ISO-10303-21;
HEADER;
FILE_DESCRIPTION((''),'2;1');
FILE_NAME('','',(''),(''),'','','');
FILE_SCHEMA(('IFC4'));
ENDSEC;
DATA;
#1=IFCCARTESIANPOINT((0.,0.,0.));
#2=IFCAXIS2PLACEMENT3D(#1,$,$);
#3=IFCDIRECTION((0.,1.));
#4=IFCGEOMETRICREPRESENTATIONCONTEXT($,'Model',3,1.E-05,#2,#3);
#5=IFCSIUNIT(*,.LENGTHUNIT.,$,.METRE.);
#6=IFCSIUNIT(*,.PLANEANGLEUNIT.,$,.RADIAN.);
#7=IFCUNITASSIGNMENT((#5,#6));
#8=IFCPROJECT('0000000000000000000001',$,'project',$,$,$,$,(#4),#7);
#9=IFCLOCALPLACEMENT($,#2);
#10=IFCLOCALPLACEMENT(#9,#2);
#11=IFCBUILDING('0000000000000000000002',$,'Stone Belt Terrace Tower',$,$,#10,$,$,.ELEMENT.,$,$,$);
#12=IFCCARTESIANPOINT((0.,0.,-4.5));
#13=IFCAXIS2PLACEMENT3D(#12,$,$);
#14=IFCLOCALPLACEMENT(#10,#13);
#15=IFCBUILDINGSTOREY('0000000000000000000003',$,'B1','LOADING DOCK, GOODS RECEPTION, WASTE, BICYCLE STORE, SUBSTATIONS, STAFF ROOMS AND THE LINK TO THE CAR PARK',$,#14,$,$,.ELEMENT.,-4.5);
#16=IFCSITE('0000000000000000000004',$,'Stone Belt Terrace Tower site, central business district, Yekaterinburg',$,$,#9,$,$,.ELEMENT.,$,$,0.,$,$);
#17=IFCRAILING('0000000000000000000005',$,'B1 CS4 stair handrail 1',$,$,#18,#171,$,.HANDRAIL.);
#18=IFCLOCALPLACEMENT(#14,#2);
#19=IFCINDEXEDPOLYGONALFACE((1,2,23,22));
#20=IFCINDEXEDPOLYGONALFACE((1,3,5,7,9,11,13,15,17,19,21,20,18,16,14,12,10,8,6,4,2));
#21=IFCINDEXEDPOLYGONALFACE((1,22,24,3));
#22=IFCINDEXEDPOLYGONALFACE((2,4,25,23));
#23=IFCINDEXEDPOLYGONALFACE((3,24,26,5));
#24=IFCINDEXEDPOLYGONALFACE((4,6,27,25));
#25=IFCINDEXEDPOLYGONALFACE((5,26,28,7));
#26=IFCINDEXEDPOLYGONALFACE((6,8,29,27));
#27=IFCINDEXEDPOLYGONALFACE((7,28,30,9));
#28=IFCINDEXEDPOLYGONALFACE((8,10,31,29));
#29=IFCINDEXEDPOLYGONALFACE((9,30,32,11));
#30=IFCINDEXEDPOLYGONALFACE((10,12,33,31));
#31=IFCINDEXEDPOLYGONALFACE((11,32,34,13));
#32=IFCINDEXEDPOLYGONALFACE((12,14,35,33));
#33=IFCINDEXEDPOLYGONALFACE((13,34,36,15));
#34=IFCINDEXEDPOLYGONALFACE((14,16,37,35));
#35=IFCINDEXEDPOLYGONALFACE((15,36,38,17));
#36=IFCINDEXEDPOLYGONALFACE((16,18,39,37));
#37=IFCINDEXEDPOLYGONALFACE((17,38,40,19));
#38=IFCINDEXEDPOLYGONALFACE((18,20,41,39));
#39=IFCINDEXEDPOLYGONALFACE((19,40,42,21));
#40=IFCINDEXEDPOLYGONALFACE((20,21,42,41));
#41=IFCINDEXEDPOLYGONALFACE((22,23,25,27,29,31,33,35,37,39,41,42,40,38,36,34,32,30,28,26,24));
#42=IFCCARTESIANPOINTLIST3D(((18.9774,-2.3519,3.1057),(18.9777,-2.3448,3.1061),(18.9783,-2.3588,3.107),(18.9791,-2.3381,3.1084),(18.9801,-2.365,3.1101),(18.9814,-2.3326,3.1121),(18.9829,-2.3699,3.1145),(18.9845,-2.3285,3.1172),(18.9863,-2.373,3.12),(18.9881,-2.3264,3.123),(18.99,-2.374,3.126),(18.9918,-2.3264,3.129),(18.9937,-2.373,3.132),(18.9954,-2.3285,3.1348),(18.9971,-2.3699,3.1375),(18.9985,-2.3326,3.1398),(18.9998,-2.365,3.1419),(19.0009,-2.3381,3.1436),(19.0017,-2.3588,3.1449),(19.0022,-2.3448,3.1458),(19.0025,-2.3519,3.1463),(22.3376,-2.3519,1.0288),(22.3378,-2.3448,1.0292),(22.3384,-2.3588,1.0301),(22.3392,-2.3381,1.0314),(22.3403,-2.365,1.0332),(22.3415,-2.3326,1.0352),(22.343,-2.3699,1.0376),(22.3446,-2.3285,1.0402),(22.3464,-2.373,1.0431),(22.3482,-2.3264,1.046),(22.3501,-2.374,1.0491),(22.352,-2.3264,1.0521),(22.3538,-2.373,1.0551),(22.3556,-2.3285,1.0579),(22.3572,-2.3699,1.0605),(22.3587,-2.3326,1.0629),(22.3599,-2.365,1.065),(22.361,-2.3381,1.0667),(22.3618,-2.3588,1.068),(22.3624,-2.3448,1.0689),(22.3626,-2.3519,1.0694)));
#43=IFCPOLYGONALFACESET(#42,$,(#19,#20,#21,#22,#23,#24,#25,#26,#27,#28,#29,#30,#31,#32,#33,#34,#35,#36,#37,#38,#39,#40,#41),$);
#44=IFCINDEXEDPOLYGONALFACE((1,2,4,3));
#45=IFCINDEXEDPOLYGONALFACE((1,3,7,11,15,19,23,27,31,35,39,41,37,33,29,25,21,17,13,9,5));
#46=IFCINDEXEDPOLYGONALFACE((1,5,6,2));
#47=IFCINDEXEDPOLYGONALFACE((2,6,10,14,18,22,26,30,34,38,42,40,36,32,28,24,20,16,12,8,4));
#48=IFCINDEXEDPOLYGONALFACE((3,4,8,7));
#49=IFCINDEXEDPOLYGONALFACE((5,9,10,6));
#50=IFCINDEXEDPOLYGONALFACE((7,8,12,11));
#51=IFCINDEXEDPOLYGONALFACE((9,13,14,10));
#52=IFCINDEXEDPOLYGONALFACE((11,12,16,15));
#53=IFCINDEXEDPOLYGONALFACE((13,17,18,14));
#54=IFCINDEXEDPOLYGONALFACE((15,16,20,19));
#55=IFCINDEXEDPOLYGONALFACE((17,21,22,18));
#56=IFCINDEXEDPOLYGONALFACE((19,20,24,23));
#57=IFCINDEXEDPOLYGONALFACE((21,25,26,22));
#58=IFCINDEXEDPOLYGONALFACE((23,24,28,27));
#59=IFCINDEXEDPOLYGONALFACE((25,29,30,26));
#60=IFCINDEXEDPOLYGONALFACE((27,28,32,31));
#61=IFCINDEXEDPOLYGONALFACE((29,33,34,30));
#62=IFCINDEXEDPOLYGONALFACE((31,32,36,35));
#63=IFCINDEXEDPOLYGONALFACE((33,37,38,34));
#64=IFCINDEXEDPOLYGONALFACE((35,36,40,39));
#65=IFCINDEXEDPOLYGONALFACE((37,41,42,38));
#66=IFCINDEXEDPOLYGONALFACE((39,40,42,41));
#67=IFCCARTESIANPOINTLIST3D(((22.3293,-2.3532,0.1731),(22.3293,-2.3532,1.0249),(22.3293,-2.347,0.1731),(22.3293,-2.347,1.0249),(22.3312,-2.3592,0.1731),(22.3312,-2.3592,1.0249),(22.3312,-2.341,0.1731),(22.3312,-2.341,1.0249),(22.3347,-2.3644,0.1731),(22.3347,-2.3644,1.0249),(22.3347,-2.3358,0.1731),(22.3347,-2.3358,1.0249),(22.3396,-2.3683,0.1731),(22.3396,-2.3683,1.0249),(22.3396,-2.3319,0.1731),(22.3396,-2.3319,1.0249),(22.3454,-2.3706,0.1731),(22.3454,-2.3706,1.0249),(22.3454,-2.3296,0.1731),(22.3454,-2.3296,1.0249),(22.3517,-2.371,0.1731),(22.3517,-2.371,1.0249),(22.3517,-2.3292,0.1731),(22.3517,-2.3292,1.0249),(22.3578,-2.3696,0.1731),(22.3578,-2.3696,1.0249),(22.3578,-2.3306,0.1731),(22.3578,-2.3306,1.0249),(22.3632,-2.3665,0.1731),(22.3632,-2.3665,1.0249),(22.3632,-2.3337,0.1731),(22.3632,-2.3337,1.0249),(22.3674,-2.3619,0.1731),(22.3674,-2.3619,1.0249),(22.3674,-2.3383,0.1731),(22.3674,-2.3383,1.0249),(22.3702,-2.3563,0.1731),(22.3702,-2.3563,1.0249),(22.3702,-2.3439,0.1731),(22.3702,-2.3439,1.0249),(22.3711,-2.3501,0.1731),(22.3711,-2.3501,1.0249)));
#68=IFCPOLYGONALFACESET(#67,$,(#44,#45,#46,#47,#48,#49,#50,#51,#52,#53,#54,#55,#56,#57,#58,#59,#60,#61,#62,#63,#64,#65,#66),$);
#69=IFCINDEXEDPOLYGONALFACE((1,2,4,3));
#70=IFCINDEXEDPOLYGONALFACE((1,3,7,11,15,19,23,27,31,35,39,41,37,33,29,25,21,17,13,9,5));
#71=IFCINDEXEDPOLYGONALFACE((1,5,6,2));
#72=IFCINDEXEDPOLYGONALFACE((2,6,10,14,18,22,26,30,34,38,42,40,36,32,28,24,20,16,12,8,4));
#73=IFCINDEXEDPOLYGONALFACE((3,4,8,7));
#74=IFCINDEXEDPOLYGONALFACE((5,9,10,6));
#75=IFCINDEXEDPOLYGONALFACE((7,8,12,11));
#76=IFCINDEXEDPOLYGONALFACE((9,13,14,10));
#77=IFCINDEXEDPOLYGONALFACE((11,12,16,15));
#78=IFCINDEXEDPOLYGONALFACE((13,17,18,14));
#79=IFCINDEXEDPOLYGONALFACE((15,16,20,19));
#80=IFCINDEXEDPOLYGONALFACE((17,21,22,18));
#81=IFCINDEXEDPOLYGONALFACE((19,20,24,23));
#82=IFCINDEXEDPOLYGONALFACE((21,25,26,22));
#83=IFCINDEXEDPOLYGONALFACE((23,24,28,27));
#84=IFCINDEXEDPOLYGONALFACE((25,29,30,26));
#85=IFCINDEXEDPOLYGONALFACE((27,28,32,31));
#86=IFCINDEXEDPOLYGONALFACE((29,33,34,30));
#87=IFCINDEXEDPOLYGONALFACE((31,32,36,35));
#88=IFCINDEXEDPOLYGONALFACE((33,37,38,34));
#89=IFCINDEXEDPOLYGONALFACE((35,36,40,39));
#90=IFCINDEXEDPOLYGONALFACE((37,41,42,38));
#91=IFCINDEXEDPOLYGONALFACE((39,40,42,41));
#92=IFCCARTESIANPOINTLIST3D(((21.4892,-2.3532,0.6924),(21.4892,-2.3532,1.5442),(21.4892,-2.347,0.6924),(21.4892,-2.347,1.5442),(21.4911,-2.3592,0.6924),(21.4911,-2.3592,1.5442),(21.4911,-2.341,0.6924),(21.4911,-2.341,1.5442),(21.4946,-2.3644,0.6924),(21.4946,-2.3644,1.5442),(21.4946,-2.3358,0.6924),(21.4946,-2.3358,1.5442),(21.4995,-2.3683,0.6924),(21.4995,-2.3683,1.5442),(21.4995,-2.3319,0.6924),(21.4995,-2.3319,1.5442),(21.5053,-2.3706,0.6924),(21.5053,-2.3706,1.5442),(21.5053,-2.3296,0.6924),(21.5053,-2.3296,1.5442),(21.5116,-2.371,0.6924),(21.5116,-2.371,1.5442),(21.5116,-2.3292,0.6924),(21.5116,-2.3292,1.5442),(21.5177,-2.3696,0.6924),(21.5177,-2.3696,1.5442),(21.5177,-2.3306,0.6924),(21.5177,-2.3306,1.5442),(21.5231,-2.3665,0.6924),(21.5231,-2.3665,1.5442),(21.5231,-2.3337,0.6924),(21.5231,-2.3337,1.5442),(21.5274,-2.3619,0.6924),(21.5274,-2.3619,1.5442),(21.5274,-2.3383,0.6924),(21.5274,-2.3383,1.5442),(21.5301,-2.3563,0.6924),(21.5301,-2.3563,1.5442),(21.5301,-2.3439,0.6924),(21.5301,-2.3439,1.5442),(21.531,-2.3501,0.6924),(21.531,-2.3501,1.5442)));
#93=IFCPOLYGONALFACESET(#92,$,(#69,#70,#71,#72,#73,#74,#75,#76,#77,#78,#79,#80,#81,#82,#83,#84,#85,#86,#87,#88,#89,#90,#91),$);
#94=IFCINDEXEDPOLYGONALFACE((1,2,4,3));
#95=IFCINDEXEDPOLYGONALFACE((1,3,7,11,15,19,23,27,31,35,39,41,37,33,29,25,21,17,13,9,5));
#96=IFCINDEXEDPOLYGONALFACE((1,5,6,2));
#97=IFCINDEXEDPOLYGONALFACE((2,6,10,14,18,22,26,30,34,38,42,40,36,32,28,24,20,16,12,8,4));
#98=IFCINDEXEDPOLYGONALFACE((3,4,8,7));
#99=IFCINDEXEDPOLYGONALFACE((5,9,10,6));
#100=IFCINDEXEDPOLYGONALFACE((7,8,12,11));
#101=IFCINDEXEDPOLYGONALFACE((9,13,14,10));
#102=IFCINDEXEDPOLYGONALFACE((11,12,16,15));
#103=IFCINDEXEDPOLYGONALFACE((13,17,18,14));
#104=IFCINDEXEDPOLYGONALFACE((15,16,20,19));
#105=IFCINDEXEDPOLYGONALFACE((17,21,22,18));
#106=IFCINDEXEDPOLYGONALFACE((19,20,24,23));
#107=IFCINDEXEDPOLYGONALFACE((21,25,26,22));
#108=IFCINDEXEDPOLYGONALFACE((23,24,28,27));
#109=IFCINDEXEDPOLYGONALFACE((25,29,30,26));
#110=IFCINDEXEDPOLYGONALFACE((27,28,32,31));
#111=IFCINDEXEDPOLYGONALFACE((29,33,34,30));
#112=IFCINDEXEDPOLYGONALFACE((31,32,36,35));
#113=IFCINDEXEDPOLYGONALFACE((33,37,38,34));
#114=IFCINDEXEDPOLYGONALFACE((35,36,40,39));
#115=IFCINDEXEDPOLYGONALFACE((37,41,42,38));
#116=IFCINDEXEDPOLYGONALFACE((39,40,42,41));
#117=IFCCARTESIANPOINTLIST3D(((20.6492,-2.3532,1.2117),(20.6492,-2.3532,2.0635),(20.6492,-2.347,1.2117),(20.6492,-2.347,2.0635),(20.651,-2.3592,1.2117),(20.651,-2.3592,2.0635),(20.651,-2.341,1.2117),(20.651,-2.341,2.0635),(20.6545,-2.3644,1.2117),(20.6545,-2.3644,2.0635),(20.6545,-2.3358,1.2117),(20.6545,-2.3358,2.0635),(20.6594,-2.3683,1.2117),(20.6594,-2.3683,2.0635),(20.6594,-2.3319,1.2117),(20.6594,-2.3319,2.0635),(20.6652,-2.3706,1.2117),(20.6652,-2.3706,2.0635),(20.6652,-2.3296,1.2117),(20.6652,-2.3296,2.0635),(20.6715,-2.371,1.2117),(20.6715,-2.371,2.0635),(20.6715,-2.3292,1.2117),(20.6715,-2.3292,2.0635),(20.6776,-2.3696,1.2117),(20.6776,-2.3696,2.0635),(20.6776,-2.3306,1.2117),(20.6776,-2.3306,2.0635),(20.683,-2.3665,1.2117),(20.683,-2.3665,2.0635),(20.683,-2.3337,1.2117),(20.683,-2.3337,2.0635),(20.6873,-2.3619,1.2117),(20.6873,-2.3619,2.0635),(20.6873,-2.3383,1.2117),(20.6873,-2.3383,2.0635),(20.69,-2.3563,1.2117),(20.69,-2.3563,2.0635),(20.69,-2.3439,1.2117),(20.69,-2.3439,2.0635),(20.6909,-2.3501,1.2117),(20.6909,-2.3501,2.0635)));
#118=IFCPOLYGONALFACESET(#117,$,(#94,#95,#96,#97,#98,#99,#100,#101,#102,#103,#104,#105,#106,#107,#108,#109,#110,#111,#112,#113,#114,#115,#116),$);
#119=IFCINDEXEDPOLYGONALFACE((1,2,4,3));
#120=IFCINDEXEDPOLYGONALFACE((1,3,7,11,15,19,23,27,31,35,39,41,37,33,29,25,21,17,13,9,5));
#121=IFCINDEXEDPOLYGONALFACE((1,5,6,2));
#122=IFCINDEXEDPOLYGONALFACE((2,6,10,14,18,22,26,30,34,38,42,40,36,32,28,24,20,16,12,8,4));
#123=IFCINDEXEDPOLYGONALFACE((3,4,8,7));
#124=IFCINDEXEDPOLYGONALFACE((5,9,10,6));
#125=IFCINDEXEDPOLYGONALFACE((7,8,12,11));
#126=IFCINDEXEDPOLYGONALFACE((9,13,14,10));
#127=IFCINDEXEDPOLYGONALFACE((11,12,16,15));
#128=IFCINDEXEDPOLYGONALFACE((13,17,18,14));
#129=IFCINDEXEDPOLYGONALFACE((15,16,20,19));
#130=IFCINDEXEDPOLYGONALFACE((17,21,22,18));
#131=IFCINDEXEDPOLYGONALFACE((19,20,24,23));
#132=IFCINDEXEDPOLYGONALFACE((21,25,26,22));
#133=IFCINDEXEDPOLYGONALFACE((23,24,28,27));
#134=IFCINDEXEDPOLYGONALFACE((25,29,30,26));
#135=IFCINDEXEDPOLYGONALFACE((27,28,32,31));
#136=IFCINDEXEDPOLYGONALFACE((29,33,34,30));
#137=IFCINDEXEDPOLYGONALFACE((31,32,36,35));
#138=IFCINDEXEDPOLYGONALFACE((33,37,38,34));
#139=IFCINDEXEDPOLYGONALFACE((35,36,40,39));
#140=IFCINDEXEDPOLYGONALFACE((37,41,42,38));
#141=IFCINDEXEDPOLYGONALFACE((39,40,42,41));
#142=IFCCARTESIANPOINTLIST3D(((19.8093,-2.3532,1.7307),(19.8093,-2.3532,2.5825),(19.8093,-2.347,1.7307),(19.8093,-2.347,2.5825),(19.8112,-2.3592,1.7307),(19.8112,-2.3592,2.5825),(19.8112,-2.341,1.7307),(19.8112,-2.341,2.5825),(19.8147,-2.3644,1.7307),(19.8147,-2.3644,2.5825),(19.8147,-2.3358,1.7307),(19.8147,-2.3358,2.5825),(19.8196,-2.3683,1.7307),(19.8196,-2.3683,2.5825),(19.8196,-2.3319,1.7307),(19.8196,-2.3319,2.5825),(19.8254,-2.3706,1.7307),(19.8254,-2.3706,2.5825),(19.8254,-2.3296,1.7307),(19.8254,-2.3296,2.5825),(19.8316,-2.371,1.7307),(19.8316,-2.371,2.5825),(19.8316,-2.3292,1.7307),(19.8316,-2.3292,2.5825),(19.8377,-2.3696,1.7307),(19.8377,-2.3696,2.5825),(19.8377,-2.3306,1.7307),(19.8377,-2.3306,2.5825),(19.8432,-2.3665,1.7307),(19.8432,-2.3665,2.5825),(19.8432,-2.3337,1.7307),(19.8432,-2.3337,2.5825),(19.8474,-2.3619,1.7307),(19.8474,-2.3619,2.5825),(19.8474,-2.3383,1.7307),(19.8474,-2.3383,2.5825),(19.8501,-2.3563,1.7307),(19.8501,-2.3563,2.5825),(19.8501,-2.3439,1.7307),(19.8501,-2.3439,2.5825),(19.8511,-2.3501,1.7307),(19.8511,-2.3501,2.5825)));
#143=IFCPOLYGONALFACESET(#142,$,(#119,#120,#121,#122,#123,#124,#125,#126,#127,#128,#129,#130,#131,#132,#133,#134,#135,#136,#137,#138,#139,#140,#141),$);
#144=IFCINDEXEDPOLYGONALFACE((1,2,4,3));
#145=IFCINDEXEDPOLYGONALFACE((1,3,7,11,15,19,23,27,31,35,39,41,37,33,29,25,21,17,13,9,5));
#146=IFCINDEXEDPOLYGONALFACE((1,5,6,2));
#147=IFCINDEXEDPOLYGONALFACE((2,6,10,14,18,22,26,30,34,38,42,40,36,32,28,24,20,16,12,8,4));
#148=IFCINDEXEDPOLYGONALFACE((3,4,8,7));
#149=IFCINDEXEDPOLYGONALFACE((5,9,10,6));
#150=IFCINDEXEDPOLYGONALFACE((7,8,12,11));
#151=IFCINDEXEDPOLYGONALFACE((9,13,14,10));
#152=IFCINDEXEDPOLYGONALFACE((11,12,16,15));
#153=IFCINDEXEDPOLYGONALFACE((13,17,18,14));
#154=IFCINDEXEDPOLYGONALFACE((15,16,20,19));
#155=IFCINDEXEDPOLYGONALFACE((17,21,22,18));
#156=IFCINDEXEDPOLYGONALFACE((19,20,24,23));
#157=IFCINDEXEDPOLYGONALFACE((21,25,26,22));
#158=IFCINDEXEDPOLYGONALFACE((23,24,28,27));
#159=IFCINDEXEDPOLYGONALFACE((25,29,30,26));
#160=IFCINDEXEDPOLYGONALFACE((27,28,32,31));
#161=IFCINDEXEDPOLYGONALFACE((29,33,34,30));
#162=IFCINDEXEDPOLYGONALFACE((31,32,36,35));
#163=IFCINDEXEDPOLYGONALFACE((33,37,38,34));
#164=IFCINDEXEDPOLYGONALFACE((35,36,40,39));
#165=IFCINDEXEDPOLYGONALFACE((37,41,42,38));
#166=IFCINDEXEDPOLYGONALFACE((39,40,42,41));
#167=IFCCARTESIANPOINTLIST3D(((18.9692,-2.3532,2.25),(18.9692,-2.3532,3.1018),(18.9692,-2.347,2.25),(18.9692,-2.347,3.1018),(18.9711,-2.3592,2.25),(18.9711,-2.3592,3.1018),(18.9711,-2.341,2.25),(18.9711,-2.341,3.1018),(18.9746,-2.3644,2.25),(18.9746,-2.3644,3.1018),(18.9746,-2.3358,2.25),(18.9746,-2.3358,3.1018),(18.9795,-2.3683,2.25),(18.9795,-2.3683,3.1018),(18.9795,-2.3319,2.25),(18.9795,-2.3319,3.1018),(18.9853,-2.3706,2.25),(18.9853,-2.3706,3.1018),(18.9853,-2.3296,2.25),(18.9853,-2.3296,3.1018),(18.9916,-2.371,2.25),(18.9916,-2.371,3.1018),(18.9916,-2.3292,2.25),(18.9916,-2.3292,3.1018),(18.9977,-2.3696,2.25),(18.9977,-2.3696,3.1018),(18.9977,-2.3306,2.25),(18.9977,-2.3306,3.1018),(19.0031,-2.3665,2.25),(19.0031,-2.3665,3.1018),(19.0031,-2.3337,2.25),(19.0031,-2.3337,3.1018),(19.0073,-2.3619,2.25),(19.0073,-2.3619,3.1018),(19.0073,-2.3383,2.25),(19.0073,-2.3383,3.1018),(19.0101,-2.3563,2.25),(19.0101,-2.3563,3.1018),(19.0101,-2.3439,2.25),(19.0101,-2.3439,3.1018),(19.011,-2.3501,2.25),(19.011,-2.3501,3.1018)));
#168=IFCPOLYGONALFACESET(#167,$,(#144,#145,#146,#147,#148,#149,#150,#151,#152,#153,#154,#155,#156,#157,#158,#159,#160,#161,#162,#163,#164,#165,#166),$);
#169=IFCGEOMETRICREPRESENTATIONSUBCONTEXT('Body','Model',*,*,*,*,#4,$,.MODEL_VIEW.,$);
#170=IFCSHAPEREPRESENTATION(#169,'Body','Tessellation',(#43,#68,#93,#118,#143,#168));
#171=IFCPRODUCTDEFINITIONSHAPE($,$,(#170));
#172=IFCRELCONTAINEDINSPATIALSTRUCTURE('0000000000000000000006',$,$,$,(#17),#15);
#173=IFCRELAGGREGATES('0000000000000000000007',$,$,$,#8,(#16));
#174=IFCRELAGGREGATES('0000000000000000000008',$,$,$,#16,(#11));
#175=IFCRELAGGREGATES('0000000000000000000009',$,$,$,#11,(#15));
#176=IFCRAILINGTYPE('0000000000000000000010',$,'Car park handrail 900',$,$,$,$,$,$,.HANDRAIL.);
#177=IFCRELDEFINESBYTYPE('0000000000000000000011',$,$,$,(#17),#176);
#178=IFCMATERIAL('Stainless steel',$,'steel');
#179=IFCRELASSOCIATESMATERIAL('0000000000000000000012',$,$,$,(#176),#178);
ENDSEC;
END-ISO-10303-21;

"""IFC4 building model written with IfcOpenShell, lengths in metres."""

from ifc_helpers import new_model, si_unit, direction, frame, origin, origin_2d, place, context, subcontext, project, spatial, circle, extrude, material, type_object, element, save


model = new_model("IFC4")

# Units and contexts
model_context = context("Model", 3, precision=1e-05, world=origin(), true_north=direction((0.0, 1.0)))
body_context = subcontext(model_context, "Body", "Model", "MODEL_VIEW")
ifc_project = project(units=[si_unit("LENGTHUNIT", "METRE"), si_unit("PLANEANGLEUNIT", "RADIAN")], contexts=[model_context])

# Site, building, storey
site_placement = place(None, origin())
site = spatial("IfcSite", under=ifc_project, at=site_placement, Name="Stone Belt Terrace Tower site, central business district, Yekaterinburg", CompositionType="ELEMENT", RefElevation=0.0)
building_placement = place(site_placement, origin())
building = spatial("IfcBuilding", under=site, at=building_placement, Name="Stone Belt Terrace Tower", CompositionType="ELEMENT")
storey_placement = place(building_placement, frame((0.0, 0.0, -4.5)))
storey = spatial("IfcBuildingStorey", under=building, at=storey_placement, Name="B1", Description="LOADING DOCK, GOODS RECEPTION, WASTE, BICYCLE STORE, SUBSTATIONS, STAFF ROOMS AND THE LINK TO THE CAR PARK", CompositionType="ELEMENT", Elevation=-4.5)

# Railing
ifc_material_1 = material(Name="Stainless steel", Category="steel")
railing_type_1 = type_object("IfcRailingType", Name="Car park handrail 900", PredefinedType="HANDRAIL", material=ifc_material_1)
railing_1_placement = place(storey_placement, frame((22.3501, -2.3501, 0.1731)))
element("IfcRailing", 1, at=railing_1_placement, inside=storey, type_object=railing_type_1, Name="B1 CS4 stair handrail 1", PredefinedType="HANDRAIL", context=body_context, shape_type="SweptSolid", body=[
    extrude(circle(Radius=0.0239, at=origin_2d()), frame((0.0, 0.0, 0.876), z_axis=(-0.850623, 0.0, 0.525776), x_axis=(0.0, -1.0, 0.0)), (0.0, 0.0, 1.0), 3.9502),
    extrude(circle(Radius=0.021, at=origin_2d()), origin(), (0.0, 0.0, 1.0), 0.8518),
    extrude(circle(Radius=0.021, at=origin_2d()), frame((-0.8401, 0.0, 0.5193)), (0.0, 0.0, 1.0), 0.8518),
    extrude(circle(Radius=0.021, at=origin_2d()), frame((-1.6802, 0.0, 1.0386)), (0.0, 0.0, 1.0), 0.8518),
    extrude(circle(Radius=0.021, at=origin_2d()), frame((-2.52, 0.0, 1.5576)), (0.0, 0.0, 1.0), 0.8518),
    extrude(circle(Radius=0.021, at=origin_2d()), frame((-3.3601, 0.0, 2.0769)), (0.0, 0.0, 1.0), 0.8518),
])

save(model, "model.ifc")
